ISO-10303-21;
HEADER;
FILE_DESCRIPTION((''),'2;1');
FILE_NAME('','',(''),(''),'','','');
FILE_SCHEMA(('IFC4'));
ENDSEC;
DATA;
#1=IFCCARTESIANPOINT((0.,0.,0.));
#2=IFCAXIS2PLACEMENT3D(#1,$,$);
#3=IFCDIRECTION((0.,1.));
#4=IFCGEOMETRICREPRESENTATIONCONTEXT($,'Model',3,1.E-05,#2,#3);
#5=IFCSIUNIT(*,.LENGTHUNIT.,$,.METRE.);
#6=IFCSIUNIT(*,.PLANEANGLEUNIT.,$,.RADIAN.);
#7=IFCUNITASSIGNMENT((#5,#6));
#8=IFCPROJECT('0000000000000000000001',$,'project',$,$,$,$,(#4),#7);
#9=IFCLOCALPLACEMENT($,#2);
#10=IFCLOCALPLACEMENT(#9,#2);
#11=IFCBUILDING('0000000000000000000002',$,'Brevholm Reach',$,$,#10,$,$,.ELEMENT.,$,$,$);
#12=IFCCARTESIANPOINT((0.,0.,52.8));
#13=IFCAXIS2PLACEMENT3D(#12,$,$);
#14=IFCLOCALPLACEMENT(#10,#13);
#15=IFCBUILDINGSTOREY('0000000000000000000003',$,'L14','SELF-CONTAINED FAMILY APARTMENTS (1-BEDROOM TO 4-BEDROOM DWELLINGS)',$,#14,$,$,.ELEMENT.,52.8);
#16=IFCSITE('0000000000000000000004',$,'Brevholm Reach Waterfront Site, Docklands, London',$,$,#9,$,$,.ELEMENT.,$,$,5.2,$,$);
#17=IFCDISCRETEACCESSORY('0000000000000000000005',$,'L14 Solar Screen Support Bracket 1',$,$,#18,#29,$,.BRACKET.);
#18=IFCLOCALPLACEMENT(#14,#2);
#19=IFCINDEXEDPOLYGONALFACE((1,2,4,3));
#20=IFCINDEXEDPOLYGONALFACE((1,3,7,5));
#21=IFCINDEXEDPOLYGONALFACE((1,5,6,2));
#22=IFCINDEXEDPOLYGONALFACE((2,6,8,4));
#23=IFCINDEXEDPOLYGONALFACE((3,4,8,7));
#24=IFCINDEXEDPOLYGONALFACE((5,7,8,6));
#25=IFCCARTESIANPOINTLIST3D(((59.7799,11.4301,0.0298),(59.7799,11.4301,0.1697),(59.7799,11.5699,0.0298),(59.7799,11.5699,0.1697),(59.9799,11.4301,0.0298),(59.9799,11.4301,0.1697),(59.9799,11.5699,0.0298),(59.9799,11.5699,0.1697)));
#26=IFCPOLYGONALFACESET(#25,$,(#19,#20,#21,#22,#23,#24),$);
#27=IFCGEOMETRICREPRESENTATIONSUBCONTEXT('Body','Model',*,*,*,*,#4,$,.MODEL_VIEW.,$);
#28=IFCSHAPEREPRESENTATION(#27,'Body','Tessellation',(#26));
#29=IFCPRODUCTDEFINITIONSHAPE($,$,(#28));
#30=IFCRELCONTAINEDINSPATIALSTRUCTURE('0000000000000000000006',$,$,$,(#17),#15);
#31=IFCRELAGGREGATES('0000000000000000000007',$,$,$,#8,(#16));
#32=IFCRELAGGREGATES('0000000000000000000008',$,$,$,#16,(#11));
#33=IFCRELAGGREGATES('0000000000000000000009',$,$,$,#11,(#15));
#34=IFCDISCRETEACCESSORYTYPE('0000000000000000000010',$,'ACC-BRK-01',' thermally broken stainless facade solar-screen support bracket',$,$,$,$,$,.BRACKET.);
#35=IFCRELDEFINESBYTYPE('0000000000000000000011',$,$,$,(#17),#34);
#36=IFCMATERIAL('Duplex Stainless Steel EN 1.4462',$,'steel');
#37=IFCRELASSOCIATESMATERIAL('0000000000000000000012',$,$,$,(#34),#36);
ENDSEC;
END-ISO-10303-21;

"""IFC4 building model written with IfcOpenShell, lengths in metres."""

from ifc_helpers import new_model, si_unit, direction, frame, origin, origin_2d, place, context, subcontext, project, spatial, rectangle, extrude, material, type_object, element, save


model = new_model("IFC4")

# Units and contexts
model_context = context("Model", 3, precision=1e-05, world=origin(), true_north=direction((0.0, 1.0)))
body_context = subcontext(model_context, "Body", "Model", "MODEL_VIEW")
ifc_project = project(units=[si_unit("LENGTHUNIT", "METRE"), si_unit("PLANEANGLEUNIT", "RADIAN")], contexts=[model_context])

# Site, building, storey
site_placement = place(None, origin())
site = spatial("IfcSite", under=ifc_project, at=site_placement, Name="Brevholm Reach Waterfront Site, Docklands, London", CompositionType="ELEMENT", RefElevation=5.2)
building_placement = place(site_placement, origin())
building = spatial("IfcBuilding", under=site, at=building_placement, Name="Brevholm Reach", CompositionType="ELEMENT")
storey_placement = place(building_placement, frame((0.0, 0.0, 52.8)))
storey = spatial("IfcBuildingStorey", under=building, at=storey_placement, Name="L14", Description="SELF-CONTAINED FAMILY APARTMENTS (1-BEDROOM TO 4-BEDROOM DWELLINGS)", CompositionType="ELEMENT", Elevation=52.8)

# Discrete accessory
ifc_material_1 = material(Name="Duplex Stainless Steel EN 1.4462", Category="steel")
discrete_accessory_type = type_object("IfcDiscreteAccessoryType", Name="ACC-BRK-01", Description=" thermally broken stainless facade solar-screen support bracket", PredefinedType="BRACKET", material=ifc_material_1)
discrete_accessory_placement = place(storey_placement, frame((59.8799, 11.5, 0.0298), z_axis=(0.0, 0.0, 1.0), x_axis=(1.0, 0.0, 0.0)))
element("IfcDiscreteAccessory", 1, at=discrete_accessory_placement, inside=storey, type_object=discrete_accessory_type, Name="L14 Solar Screen Support Bracket 1", PredefinedType="BRACKET", context=body_context, shape_type="SweptSolid", body=[
    extrude(rectangle(XDim=0.2, YDim=0.1399, at=origin_2d()), origin(), (0.0, 0.0, 1.0), 0.1399),
])

save(model, "model.ifc")
